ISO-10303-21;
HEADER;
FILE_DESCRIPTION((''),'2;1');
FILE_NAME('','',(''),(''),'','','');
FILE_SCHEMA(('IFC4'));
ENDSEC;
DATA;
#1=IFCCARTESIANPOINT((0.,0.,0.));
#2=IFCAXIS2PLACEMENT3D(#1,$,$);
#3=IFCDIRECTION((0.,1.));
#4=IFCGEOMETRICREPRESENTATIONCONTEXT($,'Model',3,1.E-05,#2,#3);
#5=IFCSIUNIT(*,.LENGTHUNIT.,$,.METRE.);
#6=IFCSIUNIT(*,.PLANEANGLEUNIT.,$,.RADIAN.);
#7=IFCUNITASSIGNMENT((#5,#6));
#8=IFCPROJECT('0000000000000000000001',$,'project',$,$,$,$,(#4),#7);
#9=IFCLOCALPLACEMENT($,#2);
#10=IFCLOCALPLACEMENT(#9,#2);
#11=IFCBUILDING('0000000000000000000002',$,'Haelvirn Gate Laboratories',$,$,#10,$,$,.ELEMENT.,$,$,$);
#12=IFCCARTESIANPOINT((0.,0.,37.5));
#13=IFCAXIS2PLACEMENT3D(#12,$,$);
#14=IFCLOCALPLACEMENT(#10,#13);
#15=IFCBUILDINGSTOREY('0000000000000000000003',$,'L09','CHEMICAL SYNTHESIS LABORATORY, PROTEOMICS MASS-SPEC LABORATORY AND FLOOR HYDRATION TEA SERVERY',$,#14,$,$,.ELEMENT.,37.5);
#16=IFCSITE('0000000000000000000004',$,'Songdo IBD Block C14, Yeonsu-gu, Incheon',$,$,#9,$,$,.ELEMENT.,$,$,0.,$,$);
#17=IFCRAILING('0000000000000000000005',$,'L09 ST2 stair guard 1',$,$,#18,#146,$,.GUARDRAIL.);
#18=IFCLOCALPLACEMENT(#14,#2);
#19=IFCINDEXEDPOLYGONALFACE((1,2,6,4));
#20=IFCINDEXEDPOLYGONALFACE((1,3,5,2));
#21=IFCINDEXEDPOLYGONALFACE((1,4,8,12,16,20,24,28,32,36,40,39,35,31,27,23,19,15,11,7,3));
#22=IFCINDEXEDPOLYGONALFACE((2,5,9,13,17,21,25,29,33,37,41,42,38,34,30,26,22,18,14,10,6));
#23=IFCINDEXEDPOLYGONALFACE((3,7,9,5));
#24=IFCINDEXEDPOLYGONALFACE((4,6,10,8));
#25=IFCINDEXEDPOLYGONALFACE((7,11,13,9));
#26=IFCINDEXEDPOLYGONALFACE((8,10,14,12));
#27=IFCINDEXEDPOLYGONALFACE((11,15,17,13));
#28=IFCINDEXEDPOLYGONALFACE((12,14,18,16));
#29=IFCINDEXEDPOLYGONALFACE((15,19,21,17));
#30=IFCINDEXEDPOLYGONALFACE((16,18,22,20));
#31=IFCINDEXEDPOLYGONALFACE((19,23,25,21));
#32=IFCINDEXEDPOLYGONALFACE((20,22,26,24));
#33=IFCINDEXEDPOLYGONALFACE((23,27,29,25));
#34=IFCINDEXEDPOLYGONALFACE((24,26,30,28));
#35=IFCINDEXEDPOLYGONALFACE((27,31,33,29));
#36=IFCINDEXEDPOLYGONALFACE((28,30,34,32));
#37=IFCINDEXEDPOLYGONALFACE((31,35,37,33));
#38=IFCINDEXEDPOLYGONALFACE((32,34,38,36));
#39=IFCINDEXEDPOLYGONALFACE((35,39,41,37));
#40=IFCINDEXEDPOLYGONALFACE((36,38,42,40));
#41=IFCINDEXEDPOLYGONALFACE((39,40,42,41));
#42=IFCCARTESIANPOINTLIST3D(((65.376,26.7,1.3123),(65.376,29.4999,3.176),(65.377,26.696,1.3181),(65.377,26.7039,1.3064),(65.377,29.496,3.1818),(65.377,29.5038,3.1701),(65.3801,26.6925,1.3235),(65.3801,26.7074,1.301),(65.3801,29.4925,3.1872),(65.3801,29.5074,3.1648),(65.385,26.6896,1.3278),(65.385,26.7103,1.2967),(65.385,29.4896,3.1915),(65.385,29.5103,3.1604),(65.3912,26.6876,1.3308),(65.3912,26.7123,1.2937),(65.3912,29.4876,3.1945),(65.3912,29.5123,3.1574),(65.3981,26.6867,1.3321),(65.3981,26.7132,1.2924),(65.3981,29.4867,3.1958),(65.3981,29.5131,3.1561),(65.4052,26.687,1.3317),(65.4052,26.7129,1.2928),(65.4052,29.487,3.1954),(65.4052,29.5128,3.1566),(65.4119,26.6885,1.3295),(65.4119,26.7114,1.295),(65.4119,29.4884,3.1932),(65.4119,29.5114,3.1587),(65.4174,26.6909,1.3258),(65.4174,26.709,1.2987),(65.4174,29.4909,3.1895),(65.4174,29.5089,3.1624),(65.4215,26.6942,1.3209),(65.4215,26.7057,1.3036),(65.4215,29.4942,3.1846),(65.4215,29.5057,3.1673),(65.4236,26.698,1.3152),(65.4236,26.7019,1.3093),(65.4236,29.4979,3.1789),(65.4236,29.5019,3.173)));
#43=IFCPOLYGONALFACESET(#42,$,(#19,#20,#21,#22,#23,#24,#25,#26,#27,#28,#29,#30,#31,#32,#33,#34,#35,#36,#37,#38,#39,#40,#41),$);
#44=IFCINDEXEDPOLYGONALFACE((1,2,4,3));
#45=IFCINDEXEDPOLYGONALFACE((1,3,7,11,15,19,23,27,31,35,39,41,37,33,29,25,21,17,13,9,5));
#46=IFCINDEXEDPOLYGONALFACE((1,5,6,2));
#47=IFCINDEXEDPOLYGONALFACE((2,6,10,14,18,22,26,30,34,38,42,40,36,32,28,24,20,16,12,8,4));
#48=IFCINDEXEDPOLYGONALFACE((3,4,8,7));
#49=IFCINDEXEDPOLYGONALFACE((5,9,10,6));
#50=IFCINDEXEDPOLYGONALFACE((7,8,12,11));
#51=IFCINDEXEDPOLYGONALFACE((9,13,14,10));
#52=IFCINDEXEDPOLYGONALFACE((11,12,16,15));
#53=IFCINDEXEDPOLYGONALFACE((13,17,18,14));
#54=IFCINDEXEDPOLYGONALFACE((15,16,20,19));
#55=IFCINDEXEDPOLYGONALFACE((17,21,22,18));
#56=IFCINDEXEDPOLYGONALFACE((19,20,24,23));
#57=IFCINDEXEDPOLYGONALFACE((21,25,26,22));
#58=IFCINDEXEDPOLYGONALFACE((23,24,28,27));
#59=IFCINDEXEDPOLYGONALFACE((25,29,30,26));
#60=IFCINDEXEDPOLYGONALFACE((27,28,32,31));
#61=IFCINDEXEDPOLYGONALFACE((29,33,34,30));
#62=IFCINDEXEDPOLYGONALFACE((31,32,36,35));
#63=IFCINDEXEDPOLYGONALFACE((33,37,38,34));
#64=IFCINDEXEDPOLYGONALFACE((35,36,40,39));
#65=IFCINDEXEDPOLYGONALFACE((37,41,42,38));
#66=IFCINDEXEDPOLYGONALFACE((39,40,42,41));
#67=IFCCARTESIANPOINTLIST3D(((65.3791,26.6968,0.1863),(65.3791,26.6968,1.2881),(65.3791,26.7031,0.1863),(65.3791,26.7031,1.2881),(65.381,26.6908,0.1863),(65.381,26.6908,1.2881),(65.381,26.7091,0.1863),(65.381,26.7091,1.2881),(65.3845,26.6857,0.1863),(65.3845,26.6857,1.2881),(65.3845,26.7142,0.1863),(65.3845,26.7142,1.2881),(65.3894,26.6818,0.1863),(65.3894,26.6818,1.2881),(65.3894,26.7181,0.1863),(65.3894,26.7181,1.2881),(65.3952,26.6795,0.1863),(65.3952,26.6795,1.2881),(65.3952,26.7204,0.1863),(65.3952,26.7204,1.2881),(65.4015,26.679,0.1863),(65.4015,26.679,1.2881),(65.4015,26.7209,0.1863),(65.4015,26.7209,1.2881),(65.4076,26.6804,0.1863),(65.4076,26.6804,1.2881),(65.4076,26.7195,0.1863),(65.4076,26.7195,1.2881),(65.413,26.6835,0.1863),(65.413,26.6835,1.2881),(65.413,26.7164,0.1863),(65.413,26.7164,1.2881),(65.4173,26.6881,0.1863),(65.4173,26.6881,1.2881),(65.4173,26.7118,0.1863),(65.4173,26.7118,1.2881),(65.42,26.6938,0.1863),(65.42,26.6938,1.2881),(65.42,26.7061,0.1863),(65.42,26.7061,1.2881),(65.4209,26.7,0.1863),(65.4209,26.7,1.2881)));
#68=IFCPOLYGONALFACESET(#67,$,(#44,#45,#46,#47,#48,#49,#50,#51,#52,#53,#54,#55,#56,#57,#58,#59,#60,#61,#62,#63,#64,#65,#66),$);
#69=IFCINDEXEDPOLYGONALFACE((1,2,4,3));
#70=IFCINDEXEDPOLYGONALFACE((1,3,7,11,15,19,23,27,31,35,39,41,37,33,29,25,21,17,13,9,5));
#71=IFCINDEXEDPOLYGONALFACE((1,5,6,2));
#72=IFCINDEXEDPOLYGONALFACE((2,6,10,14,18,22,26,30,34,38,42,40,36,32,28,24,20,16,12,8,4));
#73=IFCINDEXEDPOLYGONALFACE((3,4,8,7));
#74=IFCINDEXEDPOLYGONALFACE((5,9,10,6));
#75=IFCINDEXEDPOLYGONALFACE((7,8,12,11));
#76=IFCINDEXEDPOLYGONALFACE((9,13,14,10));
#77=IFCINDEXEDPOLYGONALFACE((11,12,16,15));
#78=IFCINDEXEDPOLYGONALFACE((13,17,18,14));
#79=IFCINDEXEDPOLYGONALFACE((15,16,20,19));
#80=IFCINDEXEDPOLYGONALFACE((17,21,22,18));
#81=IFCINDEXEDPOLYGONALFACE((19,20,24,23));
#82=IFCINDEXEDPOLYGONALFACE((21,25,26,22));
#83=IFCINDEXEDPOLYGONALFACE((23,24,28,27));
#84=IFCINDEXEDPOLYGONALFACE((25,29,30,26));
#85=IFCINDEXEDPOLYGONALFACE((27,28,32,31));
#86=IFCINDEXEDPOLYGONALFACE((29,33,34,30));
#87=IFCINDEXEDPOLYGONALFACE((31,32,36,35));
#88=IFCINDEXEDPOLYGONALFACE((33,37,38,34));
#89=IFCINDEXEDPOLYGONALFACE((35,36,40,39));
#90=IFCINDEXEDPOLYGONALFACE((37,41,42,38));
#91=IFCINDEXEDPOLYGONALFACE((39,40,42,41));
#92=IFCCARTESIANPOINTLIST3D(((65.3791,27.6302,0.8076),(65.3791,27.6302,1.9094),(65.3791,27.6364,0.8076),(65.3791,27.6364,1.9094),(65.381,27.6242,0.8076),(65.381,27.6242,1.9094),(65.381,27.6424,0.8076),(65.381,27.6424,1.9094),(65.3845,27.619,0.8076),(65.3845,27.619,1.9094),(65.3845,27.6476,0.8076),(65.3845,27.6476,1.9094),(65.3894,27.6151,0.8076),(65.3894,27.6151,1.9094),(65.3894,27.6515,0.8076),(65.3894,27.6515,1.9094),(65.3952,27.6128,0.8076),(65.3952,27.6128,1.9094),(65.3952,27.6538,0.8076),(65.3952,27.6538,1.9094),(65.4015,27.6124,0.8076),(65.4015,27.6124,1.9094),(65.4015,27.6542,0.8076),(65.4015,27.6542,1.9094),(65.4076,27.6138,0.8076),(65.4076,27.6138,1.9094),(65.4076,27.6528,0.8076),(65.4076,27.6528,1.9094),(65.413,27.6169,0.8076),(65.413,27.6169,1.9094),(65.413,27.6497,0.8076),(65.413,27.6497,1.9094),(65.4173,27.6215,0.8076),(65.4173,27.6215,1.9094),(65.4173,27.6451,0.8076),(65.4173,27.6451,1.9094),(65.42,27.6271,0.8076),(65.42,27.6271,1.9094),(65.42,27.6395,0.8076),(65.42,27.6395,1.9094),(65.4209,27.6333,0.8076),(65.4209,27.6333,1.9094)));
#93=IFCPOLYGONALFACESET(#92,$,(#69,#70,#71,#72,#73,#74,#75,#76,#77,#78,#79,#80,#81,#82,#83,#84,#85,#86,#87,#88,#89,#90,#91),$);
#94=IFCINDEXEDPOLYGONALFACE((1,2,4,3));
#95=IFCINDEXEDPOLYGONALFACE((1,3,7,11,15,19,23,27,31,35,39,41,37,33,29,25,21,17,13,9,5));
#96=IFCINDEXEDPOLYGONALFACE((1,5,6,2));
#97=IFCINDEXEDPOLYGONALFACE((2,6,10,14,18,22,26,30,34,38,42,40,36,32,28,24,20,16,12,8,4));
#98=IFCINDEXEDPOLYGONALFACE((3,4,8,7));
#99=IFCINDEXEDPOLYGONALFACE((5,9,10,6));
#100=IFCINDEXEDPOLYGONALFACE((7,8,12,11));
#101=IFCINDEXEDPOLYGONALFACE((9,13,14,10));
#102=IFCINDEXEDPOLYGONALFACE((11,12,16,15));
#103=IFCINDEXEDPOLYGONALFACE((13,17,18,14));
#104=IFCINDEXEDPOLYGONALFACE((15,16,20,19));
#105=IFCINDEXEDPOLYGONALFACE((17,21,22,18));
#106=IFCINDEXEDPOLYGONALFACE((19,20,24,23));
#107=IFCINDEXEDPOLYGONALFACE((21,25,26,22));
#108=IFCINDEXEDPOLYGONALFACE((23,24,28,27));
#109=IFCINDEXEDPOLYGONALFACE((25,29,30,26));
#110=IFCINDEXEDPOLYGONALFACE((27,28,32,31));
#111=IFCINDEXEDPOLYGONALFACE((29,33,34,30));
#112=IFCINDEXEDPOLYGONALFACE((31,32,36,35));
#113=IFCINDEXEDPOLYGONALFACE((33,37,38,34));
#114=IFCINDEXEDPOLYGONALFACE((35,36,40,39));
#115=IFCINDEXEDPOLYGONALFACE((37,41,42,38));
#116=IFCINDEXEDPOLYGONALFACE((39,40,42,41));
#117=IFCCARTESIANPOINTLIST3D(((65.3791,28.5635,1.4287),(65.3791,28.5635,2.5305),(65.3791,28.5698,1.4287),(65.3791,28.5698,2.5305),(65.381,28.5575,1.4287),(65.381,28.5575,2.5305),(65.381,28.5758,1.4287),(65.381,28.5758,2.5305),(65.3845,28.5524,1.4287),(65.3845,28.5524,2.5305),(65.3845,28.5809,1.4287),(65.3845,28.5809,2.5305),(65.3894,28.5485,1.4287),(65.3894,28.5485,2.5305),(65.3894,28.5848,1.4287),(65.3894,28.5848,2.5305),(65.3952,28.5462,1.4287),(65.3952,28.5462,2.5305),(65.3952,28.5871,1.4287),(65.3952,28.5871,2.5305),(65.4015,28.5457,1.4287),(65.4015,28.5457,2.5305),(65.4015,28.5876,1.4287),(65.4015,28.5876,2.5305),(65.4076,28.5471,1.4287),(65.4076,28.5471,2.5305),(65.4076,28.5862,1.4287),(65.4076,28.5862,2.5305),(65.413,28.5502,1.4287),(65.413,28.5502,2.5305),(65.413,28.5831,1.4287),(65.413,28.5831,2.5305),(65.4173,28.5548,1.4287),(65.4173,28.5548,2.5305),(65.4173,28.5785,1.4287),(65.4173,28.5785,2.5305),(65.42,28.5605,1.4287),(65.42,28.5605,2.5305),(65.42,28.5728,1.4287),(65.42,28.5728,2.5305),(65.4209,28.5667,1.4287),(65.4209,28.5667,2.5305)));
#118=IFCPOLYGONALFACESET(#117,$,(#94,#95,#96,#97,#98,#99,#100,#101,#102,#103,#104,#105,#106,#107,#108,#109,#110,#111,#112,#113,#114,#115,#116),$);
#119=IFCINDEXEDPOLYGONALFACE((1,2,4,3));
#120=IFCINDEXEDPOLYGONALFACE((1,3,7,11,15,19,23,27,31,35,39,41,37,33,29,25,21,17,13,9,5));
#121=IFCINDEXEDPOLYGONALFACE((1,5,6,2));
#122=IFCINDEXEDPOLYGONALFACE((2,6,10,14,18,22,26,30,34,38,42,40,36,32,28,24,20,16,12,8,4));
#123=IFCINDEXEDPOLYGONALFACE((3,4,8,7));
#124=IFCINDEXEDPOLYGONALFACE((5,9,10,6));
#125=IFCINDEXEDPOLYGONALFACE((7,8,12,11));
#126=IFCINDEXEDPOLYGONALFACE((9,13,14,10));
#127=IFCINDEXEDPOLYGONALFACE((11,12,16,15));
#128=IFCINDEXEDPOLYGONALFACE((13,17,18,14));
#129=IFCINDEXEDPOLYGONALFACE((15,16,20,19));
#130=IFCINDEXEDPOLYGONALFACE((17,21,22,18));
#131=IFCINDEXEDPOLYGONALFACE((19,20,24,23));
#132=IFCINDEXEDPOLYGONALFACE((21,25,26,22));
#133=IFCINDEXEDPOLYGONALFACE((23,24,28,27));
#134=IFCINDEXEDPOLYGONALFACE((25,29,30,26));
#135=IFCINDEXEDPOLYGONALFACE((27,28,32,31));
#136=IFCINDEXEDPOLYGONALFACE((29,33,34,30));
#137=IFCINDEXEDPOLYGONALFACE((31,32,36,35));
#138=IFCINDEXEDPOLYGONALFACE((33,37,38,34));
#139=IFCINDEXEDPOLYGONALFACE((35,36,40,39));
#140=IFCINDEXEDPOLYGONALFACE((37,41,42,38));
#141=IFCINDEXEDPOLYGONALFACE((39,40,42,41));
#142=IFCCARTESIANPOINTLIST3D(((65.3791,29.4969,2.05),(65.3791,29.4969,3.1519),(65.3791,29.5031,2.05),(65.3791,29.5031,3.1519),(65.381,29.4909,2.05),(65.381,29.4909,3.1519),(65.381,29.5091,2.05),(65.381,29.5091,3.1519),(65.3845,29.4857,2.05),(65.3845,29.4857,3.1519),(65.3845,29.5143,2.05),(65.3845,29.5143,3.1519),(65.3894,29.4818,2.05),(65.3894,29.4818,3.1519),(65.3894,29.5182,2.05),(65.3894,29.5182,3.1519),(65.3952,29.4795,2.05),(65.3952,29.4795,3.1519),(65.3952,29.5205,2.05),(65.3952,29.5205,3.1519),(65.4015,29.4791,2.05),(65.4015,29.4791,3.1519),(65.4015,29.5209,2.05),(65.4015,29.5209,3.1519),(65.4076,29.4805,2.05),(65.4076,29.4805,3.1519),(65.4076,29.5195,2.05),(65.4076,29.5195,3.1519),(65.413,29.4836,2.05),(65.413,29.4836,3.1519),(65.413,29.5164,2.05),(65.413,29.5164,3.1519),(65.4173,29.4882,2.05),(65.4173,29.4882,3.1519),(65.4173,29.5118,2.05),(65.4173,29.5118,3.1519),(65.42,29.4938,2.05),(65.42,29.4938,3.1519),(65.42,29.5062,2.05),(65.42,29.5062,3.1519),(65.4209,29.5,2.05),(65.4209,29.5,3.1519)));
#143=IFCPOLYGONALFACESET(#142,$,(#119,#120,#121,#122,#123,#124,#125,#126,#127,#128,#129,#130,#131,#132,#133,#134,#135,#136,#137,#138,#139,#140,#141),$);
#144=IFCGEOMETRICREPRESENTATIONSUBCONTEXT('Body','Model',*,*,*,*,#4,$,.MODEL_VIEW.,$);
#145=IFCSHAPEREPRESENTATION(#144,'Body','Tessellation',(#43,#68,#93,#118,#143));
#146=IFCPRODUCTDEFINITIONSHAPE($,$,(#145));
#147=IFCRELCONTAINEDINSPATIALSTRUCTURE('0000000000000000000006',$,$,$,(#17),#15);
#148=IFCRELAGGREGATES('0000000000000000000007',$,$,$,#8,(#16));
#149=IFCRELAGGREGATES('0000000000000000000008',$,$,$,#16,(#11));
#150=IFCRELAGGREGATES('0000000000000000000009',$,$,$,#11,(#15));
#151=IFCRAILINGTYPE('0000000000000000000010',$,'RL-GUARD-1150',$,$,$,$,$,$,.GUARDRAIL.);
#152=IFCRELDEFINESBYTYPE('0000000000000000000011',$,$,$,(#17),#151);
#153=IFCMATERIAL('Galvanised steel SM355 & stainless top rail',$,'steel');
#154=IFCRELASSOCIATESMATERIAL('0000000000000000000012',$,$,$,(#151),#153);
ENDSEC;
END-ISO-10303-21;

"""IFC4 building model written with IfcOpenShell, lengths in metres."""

from ifc_helpers import new_model, si_unit, direction, frame, origin, origin_2d, place, context, subcontext, project, spatial, circle, extrude, source, transform, mapped, material, type_object, element, save


model = new_model("IFC4")

# Units and contexts
model_context = context("Model", 3, precision=1e-05, world=origin(), true_north=direction((0.0, 1.0)))
body_context = subcontext(model_context, "Body", "Model", "MODEL_VIEW")
ifc_project = project(units=[si_unit("LENGTHUNIT", "METRE"), si_unit("PLANEANGLEUNIT", "RADIAN")], contexts=[model_context])

# Site, building, storey
site_placement = place(None, origin())
site = spatial("IfcSite", under=ifc_project, at=site_placement, Name="Songdo IBD Block C14, Yeonsu-gu, Incheon", CompositionType="ELEMENT", RefElevation=0.0)
building_placement = place(site_placement, origin())
building = spatial("IfcBuilding", under=site, at=building_placement, Name="Haelvirn Gate Laboratories", CompositionType="ELEMENT")
storey_placement = place(building_placement, frame((0.0, 0.0, 37.5)))
storey = spatial("IfcBuildingStorey", under=building, at=storey_placement, Name="L09", Description="CHEMICAL SYNTHESIS LABORATORY, PROTEOMICS MASS-SPEC LABORATORY AND FLOOR HYDRATION TEA SERVERY", CompositionType="ELEMENT", Elevation=37.5)

# Railing
ifc_material_1 = material(Name="Galvanised steel SM355 & stainless top rail", Category="steel")
railing_type_1 = type_object("IfcRailingType", Name="RL-GUARD-1150", PredefinedType="GUARDRAIL", material=ifc_material_1)
shared_shape_1 = source(origin(), body_context, "Body", "SweptSolid", [
    extrude(circle(Radius=0.0239, at=origin_2d()), frame((0.0, 0.0, 1.126), z_axis=(0.0, 0.832452, 0.554097), x_axis=(-1.0, 0.0, 0.0)), (0.0, 0.0, 1.0), 3.3635),
    extrude(circle(Radius=0.021, at=origin_2d()), origin(), (0.0, 0.0, 1.0), 1.1018),
    extrude(circle(Radius=0.021, at=origin_2d()), frame((0.0, 0.9333, 0.6213)), (0.0, 0.0, 1.0), 1.1018),
    extrude(circle(Radius=0.021, at=origin_2d()), frame((0.0, 1.8667, 1.2424)), (0.0, 0.0, 1.0), 1.1018),
    extrude(circle(Radius=0.021, at=origin_2d()), frame((0.0, 2.8, 1.8638)), (0.0, 0.0, 1.0), 1.1018),
])
railing_1_placement = place(storey_placement, frame((65.3999, 26.7, 0.1863)))
element("IfcRailing", 1, at=railing_1_placement, inside=storey, type_object=railing_type_1, Name="L09 ST2 stair guard 1", PredefinedType="GUARDRAIL", context=body_context, shape_type="MappedRepresentation", body=[
    mapped(shared_shape_1, transform((0.0, 0.0, 0.0), scale=1.0)),
])

save(model, "model.ifc")
